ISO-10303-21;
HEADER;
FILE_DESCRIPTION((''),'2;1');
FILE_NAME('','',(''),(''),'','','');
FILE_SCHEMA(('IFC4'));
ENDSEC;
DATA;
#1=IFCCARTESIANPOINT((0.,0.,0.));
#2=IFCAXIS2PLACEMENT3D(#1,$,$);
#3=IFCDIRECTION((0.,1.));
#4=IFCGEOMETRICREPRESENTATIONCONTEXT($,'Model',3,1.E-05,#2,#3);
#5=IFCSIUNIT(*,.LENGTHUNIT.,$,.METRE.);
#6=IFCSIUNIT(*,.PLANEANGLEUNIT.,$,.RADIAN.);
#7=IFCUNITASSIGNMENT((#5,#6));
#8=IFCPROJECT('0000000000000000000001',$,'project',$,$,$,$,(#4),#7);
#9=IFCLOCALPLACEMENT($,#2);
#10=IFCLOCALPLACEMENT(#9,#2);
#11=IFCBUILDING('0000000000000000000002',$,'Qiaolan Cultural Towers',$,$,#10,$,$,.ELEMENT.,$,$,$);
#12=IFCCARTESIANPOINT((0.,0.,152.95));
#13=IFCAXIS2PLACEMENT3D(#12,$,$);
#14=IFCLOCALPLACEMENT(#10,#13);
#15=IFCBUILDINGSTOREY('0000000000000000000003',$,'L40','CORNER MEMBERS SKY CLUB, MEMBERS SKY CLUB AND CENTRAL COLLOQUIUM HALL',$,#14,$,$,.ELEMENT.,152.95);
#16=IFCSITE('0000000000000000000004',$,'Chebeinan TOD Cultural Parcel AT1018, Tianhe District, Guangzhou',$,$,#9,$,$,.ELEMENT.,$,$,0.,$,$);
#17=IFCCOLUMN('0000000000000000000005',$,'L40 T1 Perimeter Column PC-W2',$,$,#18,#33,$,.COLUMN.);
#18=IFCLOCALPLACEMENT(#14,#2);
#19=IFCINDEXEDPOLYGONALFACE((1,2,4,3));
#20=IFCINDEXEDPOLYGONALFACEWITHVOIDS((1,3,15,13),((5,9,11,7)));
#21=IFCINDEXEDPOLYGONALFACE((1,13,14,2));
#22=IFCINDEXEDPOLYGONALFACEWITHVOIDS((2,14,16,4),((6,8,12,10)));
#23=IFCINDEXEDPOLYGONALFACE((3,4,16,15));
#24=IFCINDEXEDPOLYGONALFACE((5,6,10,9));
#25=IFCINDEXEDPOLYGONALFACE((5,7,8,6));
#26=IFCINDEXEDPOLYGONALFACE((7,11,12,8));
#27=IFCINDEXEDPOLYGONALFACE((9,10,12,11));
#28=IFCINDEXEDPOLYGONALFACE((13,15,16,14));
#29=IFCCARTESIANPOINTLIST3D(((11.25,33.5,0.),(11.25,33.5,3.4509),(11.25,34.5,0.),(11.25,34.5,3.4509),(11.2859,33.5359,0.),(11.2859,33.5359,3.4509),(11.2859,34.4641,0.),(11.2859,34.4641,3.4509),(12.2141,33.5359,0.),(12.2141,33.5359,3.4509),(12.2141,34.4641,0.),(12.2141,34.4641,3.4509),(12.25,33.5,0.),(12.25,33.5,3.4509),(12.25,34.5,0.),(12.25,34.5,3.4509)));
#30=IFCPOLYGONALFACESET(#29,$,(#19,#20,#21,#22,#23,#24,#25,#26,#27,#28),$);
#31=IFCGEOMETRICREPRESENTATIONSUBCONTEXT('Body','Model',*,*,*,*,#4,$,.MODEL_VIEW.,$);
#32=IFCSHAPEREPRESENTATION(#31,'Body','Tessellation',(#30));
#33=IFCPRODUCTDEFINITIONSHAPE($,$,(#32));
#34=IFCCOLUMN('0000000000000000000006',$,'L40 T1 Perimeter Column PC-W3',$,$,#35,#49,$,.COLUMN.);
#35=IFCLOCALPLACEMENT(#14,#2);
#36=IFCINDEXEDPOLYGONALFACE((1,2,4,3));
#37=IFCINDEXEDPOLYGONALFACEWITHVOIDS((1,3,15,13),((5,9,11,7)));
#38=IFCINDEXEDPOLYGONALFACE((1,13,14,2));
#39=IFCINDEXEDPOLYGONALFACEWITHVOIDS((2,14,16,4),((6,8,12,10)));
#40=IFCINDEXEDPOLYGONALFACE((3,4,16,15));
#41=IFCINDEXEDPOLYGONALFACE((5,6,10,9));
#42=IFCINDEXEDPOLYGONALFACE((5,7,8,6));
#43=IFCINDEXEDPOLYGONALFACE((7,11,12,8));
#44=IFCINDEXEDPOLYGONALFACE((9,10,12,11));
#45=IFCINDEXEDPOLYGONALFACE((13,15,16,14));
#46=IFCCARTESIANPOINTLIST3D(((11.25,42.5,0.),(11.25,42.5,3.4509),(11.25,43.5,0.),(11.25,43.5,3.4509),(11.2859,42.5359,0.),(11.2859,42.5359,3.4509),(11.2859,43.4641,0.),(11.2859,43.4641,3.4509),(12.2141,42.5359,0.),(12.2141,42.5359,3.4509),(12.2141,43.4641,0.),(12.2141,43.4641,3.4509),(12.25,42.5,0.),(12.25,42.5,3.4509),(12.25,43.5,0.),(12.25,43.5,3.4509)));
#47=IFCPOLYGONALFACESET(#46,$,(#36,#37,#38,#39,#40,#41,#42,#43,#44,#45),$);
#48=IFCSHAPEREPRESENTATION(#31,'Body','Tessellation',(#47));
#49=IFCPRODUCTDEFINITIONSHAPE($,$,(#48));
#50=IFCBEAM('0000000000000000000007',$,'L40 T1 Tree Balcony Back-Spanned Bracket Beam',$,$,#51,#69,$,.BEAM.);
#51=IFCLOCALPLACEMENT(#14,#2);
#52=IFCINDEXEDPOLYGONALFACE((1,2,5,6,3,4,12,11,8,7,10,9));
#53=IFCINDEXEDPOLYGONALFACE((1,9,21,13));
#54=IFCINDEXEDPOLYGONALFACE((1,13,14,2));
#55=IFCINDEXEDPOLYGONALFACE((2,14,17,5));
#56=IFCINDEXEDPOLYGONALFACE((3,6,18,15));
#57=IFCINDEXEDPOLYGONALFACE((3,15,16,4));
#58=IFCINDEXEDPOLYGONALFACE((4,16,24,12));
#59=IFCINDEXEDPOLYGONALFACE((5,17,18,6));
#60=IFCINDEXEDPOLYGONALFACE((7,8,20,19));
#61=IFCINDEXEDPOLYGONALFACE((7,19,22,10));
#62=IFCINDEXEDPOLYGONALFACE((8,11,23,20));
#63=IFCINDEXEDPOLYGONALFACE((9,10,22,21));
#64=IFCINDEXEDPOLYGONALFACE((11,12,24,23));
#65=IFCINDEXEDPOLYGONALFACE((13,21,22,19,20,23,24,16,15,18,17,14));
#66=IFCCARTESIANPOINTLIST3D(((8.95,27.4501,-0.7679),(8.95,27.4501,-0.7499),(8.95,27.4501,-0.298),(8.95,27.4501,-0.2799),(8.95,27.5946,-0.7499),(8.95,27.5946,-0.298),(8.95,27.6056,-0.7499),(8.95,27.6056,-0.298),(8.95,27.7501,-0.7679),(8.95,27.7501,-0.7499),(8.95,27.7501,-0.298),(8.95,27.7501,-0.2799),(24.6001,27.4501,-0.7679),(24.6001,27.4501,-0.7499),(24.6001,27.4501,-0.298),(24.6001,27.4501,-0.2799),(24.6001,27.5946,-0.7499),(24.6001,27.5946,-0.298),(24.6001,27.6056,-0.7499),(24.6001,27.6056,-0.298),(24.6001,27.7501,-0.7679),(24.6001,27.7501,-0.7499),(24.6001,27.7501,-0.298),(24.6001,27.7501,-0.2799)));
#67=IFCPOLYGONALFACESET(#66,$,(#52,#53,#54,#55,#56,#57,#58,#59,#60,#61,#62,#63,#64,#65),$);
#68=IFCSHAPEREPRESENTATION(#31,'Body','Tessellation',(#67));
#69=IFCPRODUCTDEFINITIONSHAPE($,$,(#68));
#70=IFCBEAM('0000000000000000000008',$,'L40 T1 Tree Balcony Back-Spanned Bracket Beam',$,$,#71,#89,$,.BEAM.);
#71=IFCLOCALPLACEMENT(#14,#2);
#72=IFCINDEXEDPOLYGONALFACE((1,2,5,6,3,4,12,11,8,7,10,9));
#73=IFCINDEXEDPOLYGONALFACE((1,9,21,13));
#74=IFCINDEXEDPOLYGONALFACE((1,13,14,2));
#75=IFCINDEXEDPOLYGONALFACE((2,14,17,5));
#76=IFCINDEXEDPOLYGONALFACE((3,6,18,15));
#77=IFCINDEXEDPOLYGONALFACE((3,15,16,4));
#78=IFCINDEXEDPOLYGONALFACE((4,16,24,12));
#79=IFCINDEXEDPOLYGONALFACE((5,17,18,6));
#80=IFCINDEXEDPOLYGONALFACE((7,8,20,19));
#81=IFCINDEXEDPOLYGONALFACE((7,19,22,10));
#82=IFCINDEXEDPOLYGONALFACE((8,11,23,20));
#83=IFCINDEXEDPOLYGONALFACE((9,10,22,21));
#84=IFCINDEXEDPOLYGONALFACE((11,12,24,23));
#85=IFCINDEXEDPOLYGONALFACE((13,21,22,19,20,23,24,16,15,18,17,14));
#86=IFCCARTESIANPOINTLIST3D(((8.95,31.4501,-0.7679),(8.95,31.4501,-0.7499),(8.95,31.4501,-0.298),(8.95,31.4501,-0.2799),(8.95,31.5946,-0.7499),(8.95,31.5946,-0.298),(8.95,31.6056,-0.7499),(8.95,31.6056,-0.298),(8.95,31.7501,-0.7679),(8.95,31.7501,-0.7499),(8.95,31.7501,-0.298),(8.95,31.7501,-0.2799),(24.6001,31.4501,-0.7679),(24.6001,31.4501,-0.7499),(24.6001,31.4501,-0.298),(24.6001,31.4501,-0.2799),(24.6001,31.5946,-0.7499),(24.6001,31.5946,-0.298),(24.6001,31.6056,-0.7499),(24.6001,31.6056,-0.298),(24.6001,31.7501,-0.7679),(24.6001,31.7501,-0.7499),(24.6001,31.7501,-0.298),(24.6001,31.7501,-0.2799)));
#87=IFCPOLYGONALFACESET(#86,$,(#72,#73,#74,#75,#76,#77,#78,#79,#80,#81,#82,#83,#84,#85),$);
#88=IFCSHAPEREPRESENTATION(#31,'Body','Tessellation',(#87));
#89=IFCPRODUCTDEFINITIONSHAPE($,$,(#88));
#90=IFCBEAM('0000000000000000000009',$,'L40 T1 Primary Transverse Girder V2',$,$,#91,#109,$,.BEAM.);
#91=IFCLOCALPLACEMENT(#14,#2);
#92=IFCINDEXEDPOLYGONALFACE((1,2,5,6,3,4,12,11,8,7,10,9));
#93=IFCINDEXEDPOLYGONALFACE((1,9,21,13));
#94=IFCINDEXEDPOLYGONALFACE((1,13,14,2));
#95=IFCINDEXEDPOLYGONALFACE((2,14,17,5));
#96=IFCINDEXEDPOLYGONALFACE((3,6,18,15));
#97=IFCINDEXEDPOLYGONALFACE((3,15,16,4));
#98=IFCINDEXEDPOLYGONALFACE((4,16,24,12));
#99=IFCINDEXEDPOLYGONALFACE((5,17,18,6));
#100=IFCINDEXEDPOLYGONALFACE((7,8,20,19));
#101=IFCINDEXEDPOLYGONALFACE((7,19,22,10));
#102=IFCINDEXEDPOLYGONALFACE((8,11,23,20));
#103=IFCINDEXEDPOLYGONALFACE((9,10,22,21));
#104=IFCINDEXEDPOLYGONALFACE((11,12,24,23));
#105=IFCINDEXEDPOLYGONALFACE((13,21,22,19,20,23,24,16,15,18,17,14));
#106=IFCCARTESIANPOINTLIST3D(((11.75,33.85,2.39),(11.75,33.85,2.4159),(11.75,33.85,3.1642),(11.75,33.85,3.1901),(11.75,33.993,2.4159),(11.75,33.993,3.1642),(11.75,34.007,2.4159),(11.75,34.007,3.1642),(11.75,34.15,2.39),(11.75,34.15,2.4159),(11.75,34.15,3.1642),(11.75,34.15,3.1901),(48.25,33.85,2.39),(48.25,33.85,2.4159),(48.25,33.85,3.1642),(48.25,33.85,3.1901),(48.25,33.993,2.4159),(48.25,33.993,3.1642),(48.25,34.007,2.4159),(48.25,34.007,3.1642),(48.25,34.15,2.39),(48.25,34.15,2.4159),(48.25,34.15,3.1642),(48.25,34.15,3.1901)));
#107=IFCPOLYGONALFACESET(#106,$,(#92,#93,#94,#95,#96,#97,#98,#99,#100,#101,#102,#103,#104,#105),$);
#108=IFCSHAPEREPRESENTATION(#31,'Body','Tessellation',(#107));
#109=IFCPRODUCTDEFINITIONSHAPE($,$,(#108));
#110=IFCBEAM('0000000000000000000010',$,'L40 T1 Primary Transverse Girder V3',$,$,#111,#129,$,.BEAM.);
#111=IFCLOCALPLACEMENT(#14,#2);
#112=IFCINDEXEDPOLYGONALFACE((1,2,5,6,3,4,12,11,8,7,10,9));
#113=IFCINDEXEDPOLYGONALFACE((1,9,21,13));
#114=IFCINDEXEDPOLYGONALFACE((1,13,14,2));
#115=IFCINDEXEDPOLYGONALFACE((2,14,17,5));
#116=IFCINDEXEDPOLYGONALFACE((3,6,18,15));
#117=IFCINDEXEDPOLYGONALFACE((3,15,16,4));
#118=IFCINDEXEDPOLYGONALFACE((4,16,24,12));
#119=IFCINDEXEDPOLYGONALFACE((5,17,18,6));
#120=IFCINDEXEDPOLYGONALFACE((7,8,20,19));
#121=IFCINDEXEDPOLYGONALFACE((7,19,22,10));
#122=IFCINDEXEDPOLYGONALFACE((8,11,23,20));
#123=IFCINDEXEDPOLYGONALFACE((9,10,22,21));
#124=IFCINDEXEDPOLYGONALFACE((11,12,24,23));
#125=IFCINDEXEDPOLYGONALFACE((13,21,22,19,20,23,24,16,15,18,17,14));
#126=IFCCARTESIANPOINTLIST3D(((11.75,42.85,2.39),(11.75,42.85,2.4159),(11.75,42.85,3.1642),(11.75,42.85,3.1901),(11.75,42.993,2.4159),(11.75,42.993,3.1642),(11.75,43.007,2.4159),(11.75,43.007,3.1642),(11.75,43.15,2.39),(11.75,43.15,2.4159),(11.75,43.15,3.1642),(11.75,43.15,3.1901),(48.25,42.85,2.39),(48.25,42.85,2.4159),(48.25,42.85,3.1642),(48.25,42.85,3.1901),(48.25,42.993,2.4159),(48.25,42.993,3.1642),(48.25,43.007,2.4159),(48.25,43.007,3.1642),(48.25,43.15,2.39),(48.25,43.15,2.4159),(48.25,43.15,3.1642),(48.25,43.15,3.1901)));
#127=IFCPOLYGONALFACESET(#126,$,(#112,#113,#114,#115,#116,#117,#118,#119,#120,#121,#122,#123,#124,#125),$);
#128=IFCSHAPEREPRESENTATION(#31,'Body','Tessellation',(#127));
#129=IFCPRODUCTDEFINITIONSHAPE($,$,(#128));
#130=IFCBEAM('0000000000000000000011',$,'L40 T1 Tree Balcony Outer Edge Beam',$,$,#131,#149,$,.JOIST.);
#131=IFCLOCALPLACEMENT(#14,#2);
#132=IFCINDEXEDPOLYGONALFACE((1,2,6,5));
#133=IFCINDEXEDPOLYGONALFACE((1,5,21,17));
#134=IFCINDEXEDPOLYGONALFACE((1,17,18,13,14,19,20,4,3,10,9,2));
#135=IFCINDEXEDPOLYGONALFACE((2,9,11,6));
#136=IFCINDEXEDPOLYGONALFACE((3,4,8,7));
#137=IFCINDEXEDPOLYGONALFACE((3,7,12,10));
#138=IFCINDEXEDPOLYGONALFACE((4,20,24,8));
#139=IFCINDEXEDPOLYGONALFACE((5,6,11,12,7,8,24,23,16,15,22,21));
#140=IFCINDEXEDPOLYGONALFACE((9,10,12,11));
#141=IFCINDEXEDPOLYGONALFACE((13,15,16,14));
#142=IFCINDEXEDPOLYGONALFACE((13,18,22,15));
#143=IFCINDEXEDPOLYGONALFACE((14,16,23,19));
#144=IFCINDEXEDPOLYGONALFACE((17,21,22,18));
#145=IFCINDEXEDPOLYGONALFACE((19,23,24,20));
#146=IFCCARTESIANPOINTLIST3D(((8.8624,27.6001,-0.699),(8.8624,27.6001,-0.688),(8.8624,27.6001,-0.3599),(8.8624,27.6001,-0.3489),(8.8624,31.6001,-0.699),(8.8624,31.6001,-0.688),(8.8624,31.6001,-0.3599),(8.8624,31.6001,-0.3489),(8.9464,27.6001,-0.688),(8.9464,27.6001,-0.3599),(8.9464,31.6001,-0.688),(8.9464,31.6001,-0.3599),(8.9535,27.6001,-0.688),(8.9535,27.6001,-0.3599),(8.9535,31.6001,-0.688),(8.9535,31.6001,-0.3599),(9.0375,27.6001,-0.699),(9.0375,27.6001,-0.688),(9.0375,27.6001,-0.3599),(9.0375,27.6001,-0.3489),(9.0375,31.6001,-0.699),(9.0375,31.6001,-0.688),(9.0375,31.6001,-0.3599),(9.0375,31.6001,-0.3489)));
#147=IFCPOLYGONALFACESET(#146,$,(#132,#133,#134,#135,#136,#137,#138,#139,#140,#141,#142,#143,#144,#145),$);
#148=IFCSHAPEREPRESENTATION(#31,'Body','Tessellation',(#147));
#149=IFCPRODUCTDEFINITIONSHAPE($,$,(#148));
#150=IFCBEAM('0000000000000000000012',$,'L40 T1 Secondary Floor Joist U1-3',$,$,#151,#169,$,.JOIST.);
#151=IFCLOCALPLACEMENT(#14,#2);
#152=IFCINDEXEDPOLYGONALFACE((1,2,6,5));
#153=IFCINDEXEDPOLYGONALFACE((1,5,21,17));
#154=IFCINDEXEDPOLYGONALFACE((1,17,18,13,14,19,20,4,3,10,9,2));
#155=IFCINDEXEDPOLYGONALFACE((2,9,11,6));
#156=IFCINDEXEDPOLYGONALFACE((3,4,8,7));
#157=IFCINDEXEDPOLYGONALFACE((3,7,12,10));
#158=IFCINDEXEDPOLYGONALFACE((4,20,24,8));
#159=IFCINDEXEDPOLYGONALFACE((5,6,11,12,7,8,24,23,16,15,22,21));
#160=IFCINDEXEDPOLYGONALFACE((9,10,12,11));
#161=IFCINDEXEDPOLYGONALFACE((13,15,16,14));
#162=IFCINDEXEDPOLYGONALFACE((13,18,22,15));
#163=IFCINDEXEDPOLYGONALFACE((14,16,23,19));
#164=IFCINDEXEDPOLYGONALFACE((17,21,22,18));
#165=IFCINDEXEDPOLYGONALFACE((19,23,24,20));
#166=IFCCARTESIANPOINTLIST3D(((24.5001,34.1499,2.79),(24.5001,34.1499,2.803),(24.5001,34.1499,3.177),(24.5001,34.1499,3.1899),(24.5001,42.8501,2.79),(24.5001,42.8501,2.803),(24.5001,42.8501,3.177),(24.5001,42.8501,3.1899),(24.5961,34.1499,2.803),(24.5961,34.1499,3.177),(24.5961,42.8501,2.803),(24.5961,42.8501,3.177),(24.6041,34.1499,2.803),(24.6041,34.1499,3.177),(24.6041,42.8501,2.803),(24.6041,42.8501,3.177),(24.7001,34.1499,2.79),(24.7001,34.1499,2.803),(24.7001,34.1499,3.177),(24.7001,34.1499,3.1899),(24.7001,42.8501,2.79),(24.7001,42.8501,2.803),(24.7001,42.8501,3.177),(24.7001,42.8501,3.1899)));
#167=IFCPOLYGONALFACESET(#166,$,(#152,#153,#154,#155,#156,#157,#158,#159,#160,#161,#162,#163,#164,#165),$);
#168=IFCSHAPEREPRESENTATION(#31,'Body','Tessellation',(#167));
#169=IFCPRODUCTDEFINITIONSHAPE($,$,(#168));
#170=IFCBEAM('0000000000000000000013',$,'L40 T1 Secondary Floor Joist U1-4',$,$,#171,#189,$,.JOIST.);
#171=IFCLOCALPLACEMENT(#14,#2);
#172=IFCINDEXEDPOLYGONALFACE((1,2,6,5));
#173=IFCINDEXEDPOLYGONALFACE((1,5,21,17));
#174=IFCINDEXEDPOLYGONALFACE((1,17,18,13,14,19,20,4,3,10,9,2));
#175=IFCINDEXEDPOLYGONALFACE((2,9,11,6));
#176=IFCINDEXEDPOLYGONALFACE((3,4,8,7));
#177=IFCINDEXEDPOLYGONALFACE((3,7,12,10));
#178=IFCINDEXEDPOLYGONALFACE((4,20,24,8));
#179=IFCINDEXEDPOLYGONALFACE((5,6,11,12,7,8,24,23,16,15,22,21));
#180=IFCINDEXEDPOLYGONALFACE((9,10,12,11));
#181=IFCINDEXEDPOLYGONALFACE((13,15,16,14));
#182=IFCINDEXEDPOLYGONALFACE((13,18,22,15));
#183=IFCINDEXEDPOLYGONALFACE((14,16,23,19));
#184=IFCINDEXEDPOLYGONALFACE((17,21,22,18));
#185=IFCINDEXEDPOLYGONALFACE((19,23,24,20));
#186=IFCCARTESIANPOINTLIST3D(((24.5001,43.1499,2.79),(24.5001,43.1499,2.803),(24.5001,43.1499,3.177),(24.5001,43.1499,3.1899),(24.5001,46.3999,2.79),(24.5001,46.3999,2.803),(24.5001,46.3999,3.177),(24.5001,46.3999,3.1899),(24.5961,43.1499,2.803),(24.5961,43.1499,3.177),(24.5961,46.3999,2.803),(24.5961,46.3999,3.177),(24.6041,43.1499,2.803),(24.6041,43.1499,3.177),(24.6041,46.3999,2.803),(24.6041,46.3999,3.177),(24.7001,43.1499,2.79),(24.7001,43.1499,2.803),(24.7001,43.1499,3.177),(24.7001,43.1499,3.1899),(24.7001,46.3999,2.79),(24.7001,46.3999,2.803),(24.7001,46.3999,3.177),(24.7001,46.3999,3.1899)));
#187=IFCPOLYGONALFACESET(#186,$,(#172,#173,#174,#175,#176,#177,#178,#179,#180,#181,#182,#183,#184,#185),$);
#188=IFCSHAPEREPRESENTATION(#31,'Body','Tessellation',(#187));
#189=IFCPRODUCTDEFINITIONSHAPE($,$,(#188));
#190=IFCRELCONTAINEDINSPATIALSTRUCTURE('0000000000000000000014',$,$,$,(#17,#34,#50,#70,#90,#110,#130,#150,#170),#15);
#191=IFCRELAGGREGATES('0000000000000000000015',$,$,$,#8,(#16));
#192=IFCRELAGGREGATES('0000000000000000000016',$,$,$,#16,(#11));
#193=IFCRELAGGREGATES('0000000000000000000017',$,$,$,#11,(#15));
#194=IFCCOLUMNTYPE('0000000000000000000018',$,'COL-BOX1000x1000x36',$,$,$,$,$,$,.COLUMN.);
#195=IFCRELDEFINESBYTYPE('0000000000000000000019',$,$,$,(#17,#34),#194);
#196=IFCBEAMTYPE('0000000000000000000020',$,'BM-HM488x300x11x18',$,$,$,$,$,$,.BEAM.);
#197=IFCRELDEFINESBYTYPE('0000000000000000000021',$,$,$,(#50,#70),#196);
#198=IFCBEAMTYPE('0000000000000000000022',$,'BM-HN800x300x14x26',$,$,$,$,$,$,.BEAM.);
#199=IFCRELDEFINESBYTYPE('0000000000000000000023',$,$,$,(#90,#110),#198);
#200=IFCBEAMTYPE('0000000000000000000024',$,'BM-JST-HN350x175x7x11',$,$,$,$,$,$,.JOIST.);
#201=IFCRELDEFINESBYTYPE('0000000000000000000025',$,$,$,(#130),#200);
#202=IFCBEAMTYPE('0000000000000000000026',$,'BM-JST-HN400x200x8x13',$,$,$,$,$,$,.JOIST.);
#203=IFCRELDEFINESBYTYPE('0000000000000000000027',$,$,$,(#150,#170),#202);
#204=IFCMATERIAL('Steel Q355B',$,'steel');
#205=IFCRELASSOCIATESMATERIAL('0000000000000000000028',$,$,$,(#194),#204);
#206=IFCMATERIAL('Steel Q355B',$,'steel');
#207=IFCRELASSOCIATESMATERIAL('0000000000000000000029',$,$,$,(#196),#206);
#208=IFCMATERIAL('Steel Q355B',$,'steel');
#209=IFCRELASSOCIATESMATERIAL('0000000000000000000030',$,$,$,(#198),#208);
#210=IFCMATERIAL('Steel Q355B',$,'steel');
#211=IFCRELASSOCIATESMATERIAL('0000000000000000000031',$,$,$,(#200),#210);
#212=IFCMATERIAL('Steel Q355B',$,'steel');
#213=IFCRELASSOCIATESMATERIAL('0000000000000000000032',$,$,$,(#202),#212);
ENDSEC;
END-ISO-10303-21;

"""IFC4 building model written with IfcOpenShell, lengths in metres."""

from ifc_helpers import new_model, si_unit, direction, frame, origin, origin_2d, place, context, subcontext, project, spatial, hollow_rectangle, i_section, extrude, material, material_profile, profile_set, type_object, element, save


model = new_model("IFC4")

# Units and contexts
model_context = context("Model", 3, precision=1e-05, world=origin(), true_north=direction((0.0, 1.0)))
body_context = subcontext(model_context, "Body", "Model", "MODEL_VIEW")
ifc_project = project(units=[si_unit("LENGTHUNIT", "METRE"), si_unit("PLANEANGLEUNIT", "RADIAN")], contexts=[model_context])

# Site, building, storey
site_placement = place(None, origin())
site = spatial("IfcSite", under=ifc_project, at=site_placement, Name="Chebeinan TOD Cultural Parcel AT1018, Tianhe District, Guangzhou", CompositionType="ELEMENT", RefElevation=0.0)
building_placement = place(site_placement, origin())
building = spatial("IfcBuilding", under=site, at=building_placement, Name="Qiaolan Cultural Towers", CompositionType="ELEMENT")
storey_placement = place(building_placement, frame((0.0, 0.0, 152.95)))
storey = spatial("IfcBuildingStorey", under=building, at=storey_placement, Name="L40", Description="CORNER MEMBERS SKY CLUB, MEMBERS SKY CLUB AND CENTRAL COLLOQUIUM HALL", CompositionType="ELEMENT", Elevation=152.95)

# Columns
ifc_material_1 = material(Name="Steel Q355B", Category="steel")
ifc_material_profile_1 = material_profile(ifc_material_1, hollow_rectangle(XDim=1.0, YDim=1.0, WallThickness=0.0359, at=origin_2d()), Name="BOX1000x1000x36")
ifc_profile_set_1 = profile_set([ifc_material_profile_1], Name="Steel Q355B")
column_type = type_object("IfcColumnType", Name="COL-BOX1000x1000x36", PredefinedType="COLUMN", material=ifc_profile_set_1)
for number, where, z_axis, x_axis, name in (
    (1, (11.75, 34.0, 0.0), (0.0, 0.0, 1.0), (1.0, 0.0, 0.0), "L40 T1 Perimeter Column PC-W2"),
    (2, (11.75, 43.0, 0.0), (0.0, 0.0, 1.0), (1.0, 0.0, 0.0), "L40 T1 Perimeter Column PC-W3"),
):
    element("IfcColumn", number, at=place(storey_placement, frame(where, z_axis=z_axis, x_axis=x_axis)), inside=storey, type_object=column_type, Name=name, PredefinedType="COLUMN", context=body_context, shape_type="SweptSolid", body=[
        extrude(hollow_rectangle(XDim=1.0, YDim=1.0, WallThickness=0.0359, at=origin_2d()), origin(), (0.0, 0.0, 1.0), 3.4509),
    ])

# Beams
ifc_material_2 = material(Name="Steel Q355B", Category="steel")
ifc_material_profile_2 = material_profile(ifc_material_2, i_section(OverallWidth=0.3, OverallDepth=0.488, WebThickness=0.011, FlangeThickness=0.0181, at=origin_2d()), Name="HM488x300x11x18")
ifc_profile_set_2 = profile_set([ifc_material_profile_2], Name="Steel Q355B")
beam_type_1 = type_object("IfcBeamType", Name="BM-HM488x300x11x18", PredefinedType="BEAM", material=ifc_profile_set_2)
for number, where, z_axis, x_axis, name in (
    (3, (24.6001, 27.6001, -0.5239), (-1.0, 0.0, 0.0), (0.0, -1.0, 0.0), "L40 T1 Tree Balcony Back-Spanned Bracket Beam"),
    (4, (24.6001, 31.6001, -0.5239), (-1.0, 0.0, 0.0), (0.0, -1.0, 0.0), "L40 T1 Tree Balcony Back-Spanned Bracket Beam"),
):
    element("IfcBeam", number, at=place(storey_placement, frame(where, z_axis=z_axis, x_axis=x_axis)), inside=storey, type_object=beam_type_1, Name=name, PredefinedType="BEAM", context=body_context, shape_type="SweptSolid", body=[
        extrude(i_section(OverallWidth=0.3, OverallDepth=0.488, WebThickness=0.011, FlangeThickness=0.0181, at=origin_2d()), origin(), (0.0, 0.0, 1.0), 15.6501),
    ])
ifc_material_3 = material(Name="Steel Q355B", Category="steel")
ifc_material_profile_3 = material_profile(ifc_material_3, i_section(OverallWidth=0.3, OverallDepth=0.8, WebThickness=0.0139, FlangeThickness=0.0259, at=origin_2d()), Name="HN800x300x14x26")
ifc_profile_set_3 = profile_set([ifc_material_profile_3], Name="Steel Q355B")
beam_type_2 = type_object("IfcBeamType", Name="BM-HN800x300x14x26", PredefinedType="BEAM", material=ifc_profile_set_3)
for number, where, z_axis, x_axis, name in (
    (5, (11.75, 34.0, 2.79), (1.0, 0.0, 0.0), (0.0, 1.0, 0.0), "L40 T1 Primary Transverse Girder V2"),
    (6, (11.75, 43.0, 2.79), (1.0, 0.0, 0.0), (0.0, 1.0, 0.0), "L40 T1 Primary Transverse Girder V3"),
):
    element("IfcBeam", number, at=place(storey_placement, frame(where, z_axis=z_axis, x_axis=x_axis)), inside=storey, type_object=beam_type_2, Name=name, PredefinedType="BEAM", context=body_context, shape_type="SweptSolid", body=[
        extrude(i_section(OverallWidth=0.3, OverallDepth=0.8, WebThickness=0.0139, FlangeThickness=0.0259, at=origin_2d()), origin(), (0.0, 0.0, 1.0), 36.5),
    ])
ifc_material_4 = material(Name="Steel Q355B", Category="steel")
ifc_material_profile_4 = material_profile(ifc_material_4, i_section(OverallWidth=0.175, OverallDepth=0.3501, WebThickness=0.0071, FlangeThickness=0.011, at=origin_2d()), Name="HN350x175x7x11")
ifc_profile_set_4 = profile_set([ifc_material_profile_4], Name="Steel Q355B")
beam_type_3 = type_object("IfcBeamType", Name="BM-JST-HN350x175x7x11", PredefinedType="JOIST", material=ifc_profile_set_4)
beam_1_placement = place(storey_placement, frame((8.95, 27.6001, -0.5239), z_axis=(0.0, 1.0, 0.0), x_axis=(-1.0, 0.0, 0.0)))
element("IfcBeam", 7, at=beam_1_placement, inside=storey, type_object=beam_type_3, Name="L40 T1 Tree Balcony Outer Edge Beam", PredefinedType="JOIST", context=body_context, shape_type="SweptSolid", body=[
    extrude(i_section(OverallWidth=0.175, OverallDepth=0.3501, WebThickness=0.0071, FlangeThickness=0.011, at=origin_2d()), origin(), (0.0, 0.0, 1.0), 4.0),
])
ifc_material_5 = material(Name="Steel Q355B", Category="steel")
ifc_material_profile_5 = material_profile(ifc_material_5, i_section(OverallWidth=0.2, OverallDepth=0.3999, WebThickness=0.0081, FlangeThickness=0.0129, at=origin_2d()), Name="HN400x200x8x13")
ifc_profile_set_5 = profile_set([ifc_material_profile_5], Name="Steel Q355B")
beam_type_4 = type_object("IfcBeamType", Name="BM-JST-HN400x200x8x13", PredefinedType="JOIST", material=ifc_profile_set_5)
beam_2_placement = place(storey_placement, frame((24.6001, 34.1499, 2.99), z_axis=(0.0, 1.0, 0.0), x_axis=(-1.0, 0.0, 0.0)))
element("IfcBeam", 8, at=beam_2_placement, inside=storey, type_object=beam_type_4, Name="L40 T1 Secondary Floor Joist U1-3", PredefinedType="JOIST", context=body_context, shape_type="SweptSolid", body=[
    extrude(i_section(OverallWidth=0.2, OverallDepth=0.3999, WebThickness=0.0081, FlangeThickness=0.0129, at=origin_2d()), origin(), (0.0, 0.0, 1.0), 8.7002),
])
beam_3_placement = place(storey_placement, frame((24.6001, 43.1499, 2.99), z_axis=(0.0, 1.0, 0.0), x_axis=(-1.0, 0.0, 0.0)))
element("IfcBeam", 9, at=beam_3_placement, inside=storey, type_object=beam_type_4, Name="L40 T1 Secondary Floor Joist U1-4", PredefinedType="JOIST", context=body_context, shape_type="SweptSolid", body=[
    extrude(i_section(OverallWidth=0.2, OverallDepth=0.3999, WebThickness=0.0081, FlangeThickness=0.0129, at=origin_2d()), origin(), (0.0, 0.0, 1.0), 3.25),
])

save(model, "model.ifc")
